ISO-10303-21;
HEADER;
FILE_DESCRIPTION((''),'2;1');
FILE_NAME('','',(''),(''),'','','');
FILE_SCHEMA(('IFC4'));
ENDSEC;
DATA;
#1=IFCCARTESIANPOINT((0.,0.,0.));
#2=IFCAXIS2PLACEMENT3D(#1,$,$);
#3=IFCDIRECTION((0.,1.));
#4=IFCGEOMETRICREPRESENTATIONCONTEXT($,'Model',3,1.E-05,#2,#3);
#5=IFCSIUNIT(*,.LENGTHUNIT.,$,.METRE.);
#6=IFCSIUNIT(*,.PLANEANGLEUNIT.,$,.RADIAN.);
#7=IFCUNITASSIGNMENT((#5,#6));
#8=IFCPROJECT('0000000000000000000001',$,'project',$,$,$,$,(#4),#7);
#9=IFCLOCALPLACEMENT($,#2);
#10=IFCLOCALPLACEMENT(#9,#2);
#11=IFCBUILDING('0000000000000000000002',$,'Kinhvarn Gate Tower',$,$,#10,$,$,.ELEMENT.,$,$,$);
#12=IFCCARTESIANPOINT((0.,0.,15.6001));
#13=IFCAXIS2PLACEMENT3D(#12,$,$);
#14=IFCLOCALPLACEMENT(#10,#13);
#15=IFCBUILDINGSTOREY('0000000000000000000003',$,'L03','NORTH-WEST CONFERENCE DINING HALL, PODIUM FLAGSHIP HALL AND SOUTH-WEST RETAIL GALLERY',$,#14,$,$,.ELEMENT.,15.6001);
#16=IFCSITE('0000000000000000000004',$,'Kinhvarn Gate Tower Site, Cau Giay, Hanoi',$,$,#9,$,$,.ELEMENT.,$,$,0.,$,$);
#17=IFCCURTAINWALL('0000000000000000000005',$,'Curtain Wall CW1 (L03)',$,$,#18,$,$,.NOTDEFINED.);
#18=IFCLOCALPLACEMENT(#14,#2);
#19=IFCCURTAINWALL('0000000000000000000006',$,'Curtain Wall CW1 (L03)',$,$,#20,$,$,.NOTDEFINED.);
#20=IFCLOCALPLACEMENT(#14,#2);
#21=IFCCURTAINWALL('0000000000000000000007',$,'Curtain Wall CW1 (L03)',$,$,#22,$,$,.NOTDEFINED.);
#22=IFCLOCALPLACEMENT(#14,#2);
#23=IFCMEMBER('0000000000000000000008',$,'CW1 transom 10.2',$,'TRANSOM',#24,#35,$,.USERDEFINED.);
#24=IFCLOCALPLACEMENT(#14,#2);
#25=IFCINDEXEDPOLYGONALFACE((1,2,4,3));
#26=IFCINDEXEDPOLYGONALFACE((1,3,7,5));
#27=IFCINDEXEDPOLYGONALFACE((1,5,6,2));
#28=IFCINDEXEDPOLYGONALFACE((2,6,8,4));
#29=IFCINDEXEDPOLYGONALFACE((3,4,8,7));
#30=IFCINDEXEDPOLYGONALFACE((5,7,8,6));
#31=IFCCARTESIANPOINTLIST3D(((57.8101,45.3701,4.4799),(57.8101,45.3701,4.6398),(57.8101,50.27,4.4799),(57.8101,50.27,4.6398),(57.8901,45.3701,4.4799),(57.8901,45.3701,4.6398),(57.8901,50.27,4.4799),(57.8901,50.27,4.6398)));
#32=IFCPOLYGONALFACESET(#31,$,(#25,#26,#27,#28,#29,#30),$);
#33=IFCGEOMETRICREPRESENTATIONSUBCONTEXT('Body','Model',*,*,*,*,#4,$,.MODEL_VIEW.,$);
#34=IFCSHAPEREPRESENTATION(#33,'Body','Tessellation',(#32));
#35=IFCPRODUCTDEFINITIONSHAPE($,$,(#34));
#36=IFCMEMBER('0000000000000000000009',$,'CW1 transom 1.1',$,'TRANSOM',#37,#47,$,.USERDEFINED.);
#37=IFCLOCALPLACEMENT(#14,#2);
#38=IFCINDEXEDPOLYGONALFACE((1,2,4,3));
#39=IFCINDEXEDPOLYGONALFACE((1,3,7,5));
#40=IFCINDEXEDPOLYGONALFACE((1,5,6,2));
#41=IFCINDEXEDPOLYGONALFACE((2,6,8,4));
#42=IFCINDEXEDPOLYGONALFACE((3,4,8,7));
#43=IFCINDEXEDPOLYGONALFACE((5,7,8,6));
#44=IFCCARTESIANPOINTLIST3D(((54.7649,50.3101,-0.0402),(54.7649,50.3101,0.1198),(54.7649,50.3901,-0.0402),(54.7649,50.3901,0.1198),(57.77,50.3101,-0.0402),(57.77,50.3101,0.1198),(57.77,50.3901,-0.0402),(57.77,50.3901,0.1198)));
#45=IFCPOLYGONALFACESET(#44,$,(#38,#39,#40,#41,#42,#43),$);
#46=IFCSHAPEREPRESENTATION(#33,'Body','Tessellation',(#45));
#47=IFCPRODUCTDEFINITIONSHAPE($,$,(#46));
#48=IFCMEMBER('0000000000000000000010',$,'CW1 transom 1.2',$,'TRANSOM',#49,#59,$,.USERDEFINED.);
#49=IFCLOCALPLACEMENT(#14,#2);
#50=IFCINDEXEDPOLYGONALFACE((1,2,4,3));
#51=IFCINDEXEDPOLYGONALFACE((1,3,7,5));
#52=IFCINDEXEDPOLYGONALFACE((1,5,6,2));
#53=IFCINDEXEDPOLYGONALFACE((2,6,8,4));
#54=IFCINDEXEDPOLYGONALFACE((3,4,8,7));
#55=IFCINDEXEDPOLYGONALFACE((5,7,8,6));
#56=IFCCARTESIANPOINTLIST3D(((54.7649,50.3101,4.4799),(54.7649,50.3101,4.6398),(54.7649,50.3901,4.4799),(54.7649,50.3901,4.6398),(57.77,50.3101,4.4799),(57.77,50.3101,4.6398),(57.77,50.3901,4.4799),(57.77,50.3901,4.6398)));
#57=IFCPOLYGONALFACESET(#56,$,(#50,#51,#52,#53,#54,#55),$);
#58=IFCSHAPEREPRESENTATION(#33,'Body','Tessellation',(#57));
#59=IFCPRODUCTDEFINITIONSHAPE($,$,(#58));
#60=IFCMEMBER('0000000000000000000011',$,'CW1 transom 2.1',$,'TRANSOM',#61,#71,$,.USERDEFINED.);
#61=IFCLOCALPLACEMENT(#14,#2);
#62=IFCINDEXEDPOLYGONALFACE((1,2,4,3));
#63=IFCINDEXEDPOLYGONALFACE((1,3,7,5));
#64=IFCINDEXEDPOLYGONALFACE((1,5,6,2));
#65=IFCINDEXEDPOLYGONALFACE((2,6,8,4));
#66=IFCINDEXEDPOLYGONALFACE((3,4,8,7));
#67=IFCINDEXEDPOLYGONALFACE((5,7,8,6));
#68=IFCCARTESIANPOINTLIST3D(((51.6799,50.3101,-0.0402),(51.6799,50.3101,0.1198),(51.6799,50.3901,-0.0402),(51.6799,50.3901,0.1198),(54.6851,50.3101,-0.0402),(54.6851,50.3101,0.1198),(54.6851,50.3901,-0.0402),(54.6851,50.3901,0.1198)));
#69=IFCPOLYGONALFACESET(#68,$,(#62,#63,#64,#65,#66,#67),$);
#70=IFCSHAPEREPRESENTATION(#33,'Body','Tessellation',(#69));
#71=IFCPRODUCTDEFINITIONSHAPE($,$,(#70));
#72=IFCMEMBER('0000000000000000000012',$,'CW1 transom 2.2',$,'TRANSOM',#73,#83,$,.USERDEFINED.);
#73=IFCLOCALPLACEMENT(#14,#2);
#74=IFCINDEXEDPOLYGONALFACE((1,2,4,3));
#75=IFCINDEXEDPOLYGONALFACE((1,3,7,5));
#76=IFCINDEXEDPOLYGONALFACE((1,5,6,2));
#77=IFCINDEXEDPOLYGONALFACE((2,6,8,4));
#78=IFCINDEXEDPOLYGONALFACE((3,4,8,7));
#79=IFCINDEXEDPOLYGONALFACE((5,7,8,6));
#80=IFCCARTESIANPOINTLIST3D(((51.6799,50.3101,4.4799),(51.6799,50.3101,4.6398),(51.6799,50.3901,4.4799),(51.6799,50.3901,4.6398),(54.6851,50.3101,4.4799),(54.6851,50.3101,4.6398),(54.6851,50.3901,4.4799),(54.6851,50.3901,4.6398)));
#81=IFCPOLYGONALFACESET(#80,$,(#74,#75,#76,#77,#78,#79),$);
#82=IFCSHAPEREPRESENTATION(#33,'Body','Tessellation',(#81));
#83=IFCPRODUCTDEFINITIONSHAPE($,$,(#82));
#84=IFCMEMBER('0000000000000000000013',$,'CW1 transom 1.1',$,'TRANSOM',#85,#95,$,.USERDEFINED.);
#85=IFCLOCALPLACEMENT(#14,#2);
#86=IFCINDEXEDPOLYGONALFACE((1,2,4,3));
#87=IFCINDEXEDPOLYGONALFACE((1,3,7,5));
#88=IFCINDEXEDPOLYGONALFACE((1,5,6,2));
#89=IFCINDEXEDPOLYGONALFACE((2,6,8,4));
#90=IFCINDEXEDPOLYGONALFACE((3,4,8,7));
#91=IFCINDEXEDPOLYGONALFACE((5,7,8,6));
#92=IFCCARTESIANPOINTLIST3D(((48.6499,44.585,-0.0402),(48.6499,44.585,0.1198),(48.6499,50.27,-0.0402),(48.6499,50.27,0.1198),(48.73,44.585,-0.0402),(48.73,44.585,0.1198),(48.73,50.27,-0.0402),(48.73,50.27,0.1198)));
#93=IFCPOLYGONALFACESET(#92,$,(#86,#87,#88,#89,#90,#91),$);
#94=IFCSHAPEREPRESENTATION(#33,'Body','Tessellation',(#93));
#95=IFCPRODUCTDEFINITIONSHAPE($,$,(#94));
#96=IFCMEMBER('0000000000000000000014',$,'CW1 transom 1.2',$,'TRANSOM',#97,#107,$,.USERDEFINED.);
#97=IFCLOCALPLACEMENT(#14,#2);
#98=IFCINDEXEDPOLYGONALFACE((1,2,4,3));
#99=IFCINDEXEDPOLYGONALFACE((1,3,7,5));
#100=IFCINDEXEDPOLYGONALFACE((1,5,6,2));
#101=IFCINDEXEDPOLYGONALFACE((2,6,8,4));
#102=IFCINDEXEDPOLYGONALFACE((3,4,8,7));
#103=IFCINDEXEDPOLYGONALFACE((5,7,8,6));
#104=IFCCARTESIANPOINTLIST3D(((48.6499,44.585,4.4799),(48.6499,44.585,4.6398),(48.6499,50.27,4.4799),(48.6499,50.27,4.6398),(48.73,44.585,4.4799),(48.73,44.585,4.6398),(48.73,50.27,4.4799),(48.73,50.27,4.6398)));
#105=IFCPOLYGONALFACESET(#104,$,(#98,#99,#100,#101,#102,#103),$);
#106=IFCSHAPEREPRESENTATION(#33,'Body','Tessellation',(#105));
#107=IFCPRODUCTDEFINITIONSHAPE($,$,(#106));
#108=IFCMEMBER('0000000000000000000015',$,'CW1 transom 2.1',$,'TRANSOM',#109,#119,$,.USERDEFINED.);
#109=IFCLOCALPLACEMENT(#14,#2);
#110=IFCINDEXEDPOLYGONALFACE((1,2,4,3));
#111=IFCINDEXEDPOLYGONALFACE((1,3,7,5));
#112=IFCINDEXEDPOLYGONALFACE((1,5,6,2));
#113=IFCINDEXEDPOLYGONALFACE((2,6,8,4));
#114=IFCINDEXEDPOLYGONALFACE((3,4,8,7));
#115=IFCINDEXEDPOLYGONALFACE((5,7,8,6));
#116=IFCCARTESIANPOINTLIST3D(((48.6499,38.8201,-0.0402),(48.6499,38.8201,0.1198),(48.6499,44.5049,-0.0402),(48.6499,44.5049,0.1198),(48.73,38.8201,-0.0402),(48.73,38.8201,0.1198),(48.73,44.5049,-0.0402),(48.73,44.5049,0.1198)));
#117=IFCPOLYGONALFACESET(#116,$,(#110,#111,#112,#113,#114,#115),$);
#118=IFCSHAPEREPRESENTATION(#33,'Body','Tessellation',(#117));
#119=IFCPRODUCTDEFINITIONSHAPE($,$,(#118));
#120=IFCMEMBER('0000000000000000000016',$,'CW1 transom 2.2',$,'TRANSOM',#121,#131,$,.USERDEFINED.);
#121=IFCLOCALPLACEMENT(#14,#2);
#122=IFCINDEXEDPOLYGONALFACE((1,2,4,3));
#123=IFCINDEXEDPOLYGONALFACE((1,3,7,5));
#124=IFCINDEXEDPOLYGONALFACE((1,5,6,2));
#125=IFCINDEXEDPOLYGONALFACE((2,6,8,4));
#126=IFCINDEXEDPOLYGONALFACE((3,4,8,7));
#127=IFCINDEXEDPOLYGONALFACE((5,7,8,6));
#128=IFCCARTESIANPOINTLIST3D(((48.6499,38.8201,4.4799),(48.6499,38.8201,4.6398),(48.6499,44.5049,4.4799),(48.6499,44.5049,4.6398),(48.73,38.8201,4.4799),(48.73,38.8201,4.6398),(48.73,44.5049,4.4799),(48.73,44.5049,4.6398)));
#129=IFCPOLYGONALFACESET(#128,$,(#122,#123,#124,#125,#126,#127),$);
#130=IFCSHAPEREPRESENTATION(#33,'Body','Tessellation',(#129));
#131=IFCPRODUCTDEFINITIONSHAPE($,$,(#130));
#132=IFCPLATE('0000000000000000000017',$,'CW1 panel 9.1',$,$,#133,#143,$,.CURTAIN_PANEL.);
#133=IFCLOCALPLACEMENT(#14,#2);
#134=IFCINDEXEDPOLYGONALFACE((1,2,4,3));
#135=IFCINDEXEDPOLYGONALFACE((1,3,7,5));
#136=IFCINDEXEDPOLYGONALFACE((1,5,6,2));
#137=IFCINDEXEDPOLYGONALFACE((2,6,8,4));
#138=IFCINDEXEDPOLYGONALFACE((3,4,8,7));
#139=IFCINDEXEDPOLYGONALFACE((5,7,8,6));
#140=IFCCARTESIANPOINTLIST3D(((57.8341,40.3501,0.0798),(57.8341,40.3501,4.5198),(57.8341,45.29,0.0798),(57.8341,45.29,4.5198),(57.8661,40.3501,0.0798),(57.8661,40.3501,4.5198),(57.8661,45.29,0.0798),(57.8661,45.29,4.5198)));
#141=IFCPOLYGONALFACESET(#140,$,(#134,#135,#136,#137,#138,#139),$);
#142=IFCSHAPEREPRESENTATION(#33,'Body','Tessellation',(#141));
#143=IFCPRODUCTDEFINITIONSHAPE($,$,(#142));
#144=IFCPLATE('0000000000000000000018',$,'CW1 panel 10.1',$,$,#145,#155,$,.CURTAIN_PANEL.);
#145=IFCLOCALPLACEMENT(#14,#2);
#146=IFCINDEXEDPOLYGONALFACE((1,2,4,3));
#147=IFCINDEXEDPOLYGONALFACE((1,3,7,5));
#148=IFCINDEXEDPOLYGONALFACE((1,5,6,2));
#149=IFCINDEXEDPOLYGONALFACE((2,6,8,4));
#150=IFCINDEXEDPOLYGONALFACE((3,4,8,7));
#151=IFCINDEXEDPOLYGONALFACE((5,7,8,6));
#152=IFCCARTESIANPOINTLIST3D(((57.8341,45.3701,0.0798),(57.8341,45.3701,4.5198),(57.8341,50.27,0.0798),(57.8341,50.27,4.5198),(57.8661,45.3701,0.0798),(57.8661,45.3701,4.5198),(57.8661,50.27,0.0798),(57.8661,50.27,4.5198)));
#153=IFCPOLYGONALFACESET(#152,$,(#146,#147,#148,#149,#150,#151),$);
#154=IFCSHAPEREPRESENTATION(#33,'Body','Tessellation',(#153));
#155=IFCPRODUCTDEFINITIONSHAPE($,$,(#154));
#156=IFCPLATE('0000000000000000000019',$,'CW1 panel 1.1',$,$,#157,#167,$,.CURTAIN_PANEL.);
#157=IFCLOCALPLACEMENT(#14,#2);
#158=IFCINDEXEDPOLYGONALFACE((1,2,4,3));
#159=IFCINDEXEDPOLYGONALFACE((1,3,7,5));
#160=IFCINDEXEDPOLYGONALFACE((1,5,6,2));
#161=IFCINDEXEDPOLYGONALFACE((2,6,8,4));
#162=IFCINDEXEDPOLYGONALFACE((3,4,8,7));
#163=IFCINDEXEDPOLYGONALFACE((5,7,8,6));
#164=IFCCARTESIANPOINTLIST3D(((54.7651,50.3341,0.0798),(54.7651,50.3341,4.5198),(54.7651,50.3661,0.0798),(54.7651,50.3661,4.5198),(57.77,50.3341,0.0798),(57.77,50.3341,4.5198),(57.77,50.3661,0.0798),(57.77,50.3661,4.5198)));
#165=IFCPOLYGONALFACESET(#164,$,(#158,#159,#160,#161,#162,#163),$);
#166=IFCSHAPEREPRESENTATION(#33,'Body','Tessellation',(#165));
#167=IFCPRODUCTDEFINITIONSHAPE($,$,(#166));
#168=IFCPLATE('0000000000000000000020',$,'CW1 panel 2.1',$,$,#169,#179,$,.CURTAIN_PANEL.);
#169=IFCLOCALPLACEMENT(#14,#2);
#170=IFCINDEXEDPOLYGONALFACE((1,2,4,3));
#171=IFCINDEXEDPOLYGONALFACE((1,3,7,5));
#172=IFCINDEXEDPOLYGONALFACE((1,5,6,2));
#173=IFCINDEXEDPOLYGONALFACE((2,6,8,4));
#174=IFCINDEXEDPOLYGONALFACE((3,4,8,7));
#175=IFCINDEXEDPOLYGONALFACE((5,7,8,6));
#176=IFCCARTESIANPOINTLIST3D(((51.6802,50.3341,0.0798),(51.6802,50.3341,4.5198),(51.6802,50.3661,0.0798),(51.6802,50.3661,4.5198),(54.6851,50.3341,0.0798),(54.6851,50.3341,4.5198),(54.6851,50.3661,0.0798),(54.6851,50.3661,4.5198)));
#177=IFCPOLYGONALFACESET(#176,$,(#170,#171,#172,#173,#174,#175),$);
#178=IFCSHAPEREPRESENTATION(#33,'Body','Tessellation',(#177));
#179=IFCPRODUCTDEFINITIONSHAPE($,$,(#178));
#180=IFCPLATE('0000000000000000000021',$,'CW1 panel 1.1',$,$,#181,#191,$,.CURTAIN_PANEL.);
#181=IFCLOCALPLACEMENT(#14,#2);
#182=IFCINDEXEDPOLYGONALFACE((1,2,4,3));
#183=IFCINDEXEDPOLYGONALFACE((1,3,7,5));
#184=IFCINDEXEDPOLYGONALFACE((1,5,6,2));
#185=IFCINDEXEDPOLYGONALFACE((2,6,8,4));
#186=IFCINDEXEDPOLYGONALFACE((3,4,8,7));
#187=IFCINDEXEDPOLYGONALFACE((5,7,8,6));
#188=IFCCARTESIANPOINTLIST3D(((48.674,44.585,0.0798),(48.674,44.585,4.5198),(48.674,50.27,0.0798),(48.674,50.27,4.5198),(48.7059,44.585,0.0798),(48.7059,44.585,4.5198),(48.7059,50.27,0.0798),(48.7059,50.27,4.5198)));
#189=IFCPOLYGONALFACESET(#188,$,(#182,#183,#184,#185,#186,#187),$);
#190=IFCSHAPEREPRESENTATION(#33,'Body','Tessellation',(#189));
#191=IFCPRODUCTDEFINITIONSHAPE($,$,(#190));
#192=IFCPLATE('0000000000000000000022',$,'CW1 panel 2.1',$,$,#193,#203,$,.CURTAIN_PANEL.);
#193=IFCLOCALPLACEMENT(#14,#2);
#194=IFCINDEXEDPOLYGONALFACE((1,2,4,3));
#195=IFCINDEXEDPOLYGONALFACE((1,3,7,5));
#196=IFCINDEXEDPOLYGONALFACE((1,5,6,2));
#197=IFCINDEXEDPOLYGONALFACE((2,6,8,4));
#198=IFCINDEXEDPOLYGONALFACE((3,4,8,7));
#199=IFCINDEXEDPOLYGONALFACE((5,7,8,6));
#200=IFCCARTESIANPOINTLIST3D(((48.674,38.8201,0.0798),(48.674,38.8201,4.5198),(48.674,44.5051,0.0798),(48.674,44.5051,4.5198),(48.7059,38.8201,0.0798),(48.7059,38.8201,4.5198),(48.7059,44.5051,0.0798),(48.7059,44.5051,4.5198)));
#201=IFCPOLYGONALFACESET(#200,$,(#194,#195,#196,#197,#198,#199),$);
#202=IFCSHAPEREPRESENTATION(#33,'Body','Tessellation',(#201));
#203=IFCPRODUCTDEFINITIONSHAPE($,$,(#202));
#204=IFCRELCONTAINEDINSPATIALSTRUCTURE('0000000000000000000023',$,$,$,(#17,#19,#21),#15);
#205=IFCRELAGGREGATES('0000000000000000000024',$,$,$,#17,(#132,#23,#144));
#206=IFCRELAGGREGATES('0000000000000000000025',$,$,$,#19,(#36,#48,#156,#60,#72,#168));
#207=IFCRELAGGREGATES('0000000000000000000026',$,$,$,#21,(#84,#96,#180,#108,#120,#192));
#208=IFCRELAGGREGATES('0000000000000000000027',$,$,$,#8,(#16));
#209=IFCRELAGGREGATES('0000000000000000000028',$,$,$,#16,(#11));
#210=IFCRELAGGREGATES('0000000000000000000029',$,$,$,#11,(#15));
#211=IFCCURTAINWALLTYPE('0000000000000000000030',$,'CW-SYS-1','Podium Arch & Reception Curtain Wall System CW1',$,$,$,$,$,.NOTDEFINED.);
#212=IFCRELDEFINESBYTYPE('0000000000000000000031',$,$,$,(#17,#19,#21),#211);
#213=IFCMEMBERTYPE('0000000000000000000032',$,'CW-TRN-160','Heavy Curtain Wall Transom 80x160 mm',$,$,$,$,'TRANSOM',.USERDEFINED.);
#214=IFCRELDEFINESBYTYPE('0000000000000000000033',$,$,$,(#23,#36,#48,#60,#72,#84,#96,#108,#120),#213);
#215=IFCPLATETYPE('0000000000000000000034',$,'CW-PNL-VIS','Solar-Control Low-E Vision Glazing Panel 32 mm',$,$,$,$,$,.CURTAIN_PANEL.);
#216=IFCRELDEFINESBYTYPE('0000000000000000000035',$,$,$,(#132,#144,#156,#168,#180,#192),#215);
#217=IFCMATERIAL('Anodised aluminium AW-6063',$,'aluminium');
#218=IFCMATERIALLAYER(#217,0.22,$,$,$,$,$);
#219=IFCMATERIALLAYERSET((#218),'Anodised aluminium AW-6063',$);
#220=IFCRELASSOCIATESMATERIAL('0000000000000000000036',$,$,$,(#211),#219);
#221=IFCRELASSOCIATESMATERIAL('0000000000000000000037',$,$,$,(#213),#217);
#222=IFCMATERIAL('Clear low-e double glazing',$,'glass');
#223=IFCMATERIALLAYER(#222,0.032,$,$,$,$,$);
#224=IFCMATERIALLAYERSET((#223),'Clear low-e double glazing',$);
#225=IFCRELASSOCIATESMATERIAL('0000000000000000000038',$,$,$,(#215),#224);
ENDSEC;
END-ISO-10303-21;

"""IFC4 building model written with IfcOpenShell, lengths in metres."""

from ifc_helpers import new_model, si_unit, direction, frame, origin, origin_2d, place, context, subcontext, project, spatial, rectangle, extrude, material, layer, layer_set, material_profile, profile_set, type_object, element, aggregate, save


model = new_model("IFC4")

# Units and contexts
model_context = context("Model", 3, precision=1e-05, world=origin(), true_north=direction((0.0, 1.0)))
body_context = subcontext(model_context, "Body", "Model", "MODEL_VIEW")
ifc_project = project(units=[si_unit("LENGTHUNIT", "METRE"), si_unit("PLANEANGLEUNIT", "RADIAN")], contexts=[model_context])

# Site, building, storey
site_placement = place(None, origin())
site = spatial("IfcSite", under=ifc_project, at=site_placement, Name="Kinhvarn Gate Tower Site, Cau Giay, Hanoi", CompositionType="ELEMENT", RefElevation=0.0)
building_placement = place(site_placement, origin())
building = spatial("IfcBuilding", under=site, at=building_placement, Name="Kinhvarn Gate Tower", CompositionType="ELEMENT")
storey_placement = place(building_placement, frame((0.0, 0.0, 15.6001)))
storey = spatial("IfcBuildingStorey", under=building, at=storey_placement, Name="L03", Description="NORTH-WEST CONFERENCE DINING HALL, PODIUM FLAGSHIP HALL AND SOUTH-WEST RETAIL GALLERY", CompositionType="ELEMENT", Elevation=15.6001)

# Curtain walls
ifc_material_1 = material(Name="Anodised aluminium AW-6063", Category="aluminium")
ifc_layer_1 = layer(ifc_material_1, 0.22)
ifc_layer_set_1 = layer_set([ifc_layer_1], Name="Anodised aluminium AW-6063")
curtain_wall_type = type_object("IfcCurtainWallType", Name="CW-SYS-1", Description="Podium Arch & Reception Curtain Wall System CW1", PredefinedType="NOTDEFINED", material=ifc_layer_set_1)
curtain_wall_1_placement = place(storey_placement, origin())
curtain_wall_1 = element("IfcCurtainWall", 1, at=curtain_wall_1_placement, inside=storey, type_object=curtain_wall_type, Name="Curtain Wall CW1 (L03)", PredefinedType="NOTDEFINED")
curtain_wall_2_placement = place(storey_placement, origin())
curtain_wall_2 = element("IfcCurtainWall", 2, at=curtain_wall_2_placement, inside=storey, type_object=curtain_wall_type, Name="Curtain Wall CW1 (L03)", PredefinedType="NOTDEFINED")
curtain_wall_3_placement = place(storey_placement, origin())
curtain_wall_3 = element("IfcCurtainWall", 3, at=curtain_wall_3_placement, inside=storey, type_object=curtain_wall_type, Name="Curtain Wall CW1 (L03)", PredefinedType="NOTDEFINED")

# Members
ifc_material_profile_1 = material_profile(ifc_material_1, rectangle(XDim=0.0801, YDim=0.1599, at=origin_2d()), Name="ALU 80x160")
ifc_profile_set_1 = profile_set([ifc_material_profile_1], Name="Anodised aluminium AW-6063")
member_type_1 = type_object("IfcMemberType", Name="CW-TRN-160", Description="Heavy Curtain Wall Transom 80x160 mm", ElementType="TRANSOM", PredefinedType="USERDEFINED", material=ifc_profile_set_1)
member_1_placement = place(storey_placement, frame((57.8501, 45.3701, 4.5598), z_axis=(0.0, 1.0, 0.0), x_axis=(-1.0, 0.0, 0.0)))
member_1 = element("IfcMember", 4, at=member_1_placement, type_object=member_type_1, Name="CW1 transom 10.2", ObjectType="TRANSOM", PredefinedType="USERDEFINED", context=body_context, shape_type="SweptSolid", body=[
    extrude(rectangle(XDim=0.0801, YDim=0.1599, at=origin_2d()), origin(), (0.0, 0.0, 1.0), 4.8999),
])
member_2_placement = place(storey_placement, frame((57.77, 50.3501, 0.0398), z_axis=(-1.0, 0.0, 0.0), x_axis=(0.0, -1.0, 0.0)))
member_2 = element("IfcMember", 5, at=member_2_placement, type_object=member_type_1, Name="CW1 transom 1.1", ObjectType="TRANSOM", PredefinedType="USERDEFINED", context=body_context, shape_type="SweptSolid", body=[
    extrude(rectangle(XDim=0.0801, YDim=0.1599, at=origin_2d()), origin(), (0.0, 0.0, 1.0), 3.0051),
])
member_3_placement = place(storey_placement, frame((57.77, 50.3501, 4.5598), z_axis=(-1.0, 0.0, 0.0), x_axis=(0.0, -1.0, 0.0)))
member_3 = element("IfcMember", 6, at=member_3_placement, type_object=member_type_1, Name="CW1 transom 1.2", ObjectType="TRANSOM", PredefinedType="USERDEFINED", context=body_context, shape_type="SweptSolid", body=[
    extrude(rectangle(XDim=0.0801, YDim=0.1599, at=origin_2d()), origin(), (0.0, 0.0, 1.0), 3.0051),
])
member_4_placement = place(storey_placement, frame((54.6851, 50.3501, 0.0398), z_axis=(-1.0, 0.0, 0.0), x_axis=(0.0, -1.0, 0.0)))
member_4 = element("IfcMember", 7, at=member_4_placement, type_object=member_type_1, Name="CW1 transom 2.1", ObjectType="TRANSOM", PredefinedType="USERDEFINED", context=body_context, shape_type="SweptSolid", body=[
    extrude(rectangle(XDim=0.0801, YDim=0.1599, at=origin_2d()), origin(), (0.0, 0.0, 1.0), 3.0051),
])
member_5_placement = place(storey_placement, frame((54.6851, 50.3501, 4.5598), z_axis=(-1.0, 0.0, 0.0), x_axis=(0.0, -1.0, 0.0)))
member_5 = element("IfcMember", 8, at=member_5_placement, type_object=member_type_1, Name="CW1 transom 2.2", ObjectType="TRANSOM", PredefinedType="USERDEFINED", context=body_context, shape_type="SweptSolid", body=[
    extrude(rectangle(XDim=0.0801, YDim=0.1599, at=origin_2d()), origin(), (0.0, 0.0, 1.0), 3.0051),
])
member_6_placement = place(storey_placement, frame((48.6899, 50.27, 0.0398), z_axis=(0.0, -1.0, 0.0), x_axis=(1.0, 0.0, 0.0)))
member_6 = element("IfcMember", 9, at=member_6_placement, type_object=member_type_1, Name="CW1 transom 1.1", ObjectType="TRANSOM", PredefinedType="USERDEFINED", context=body_context, shape_type="SweptSolid", body=[
    extrude(rectangle(XDim=0.0801, YDim=0.1599, at=origin_2d()), origin(), (0.0, 0.0, 1.0), 5.6851),
])
member_7_placement = place(storey_placement, frame((48.6899, 50.27, 4.5598), z_axis=(0.0, -1.0, 0.0), x_axis=(1.0, 0.0, 0.0)))
member_7 = element("IfcMember", 10, at=member_7_placement, type_object=member_type_1, Name="CW1 transom 1.2", ObjectType="TRANSOM", PredefinedType="USERDEFINED", context=body_context, shape_type="SweptSolid", body=[
    extrude(rectangle(XDim=0.0801, YDim=0.1599, at=origin_2d()), origin(), (0.0, 0.0, 1.0), 5.6851),
])
member_8_placement = place(storey_placement, frame((48.6899, 44.5049, 0.0398), z_axis=(0.0, -1.0, 0.0), x_axis=(1.0, 0.0, 0.0)))
member_8 = element("IfcMember", 11, at=member_8_placement, type_object=member_type_1, Name="CW1 transom 2.1", ObjectType="TRANSOM", PredefinedType="USERDEFINED", context=body_context, shape_type="SweptSolid", body=[
    extrude(rectangle(XDim=0.0801, YDim=0.1599, at=origin_2d()), origin(), (0.0, 0.0, 1.0), 5.6848),
])
member_9_placement = place(storey_placement, frame((48.6899, 44.5049, 4.5598), z_axis=(0.0, -1.0, 0.0), x_axis=(1.0, 0.0, 0.0)))
member_9 = element("IfcMember", 12, at=member_9_placement, type_object=member_type_1, Name="CW1 transom 2.2", ObjectType="TRANSOM", PredefinedType="USERDEFINED", context=body_context, shape_type="SweptSolid", body=[
    extrude(rectangle(XDim=0.0801, YDim=0.1599, at=origin_2d()), origin(), (0.0, 0.0, 1.0), 5.6848),
])

# Plates
ifc_material_2 = material(Name="Clear low-e double glazing", Category="glass")
ifc_layer_2 = layer(ifc_material_2, 0.032)
ifc_layer_set_2 = layer_set([ifc_layer_2], Name="Clear low-e double glazing")
plate_type = type_object("IfcPlateType", Name="CW-PNL-VIS", Description="Solar-Control Low-E Vision Glazing Panel 32 mm", PredefinedType="CURTAIN_PANEL", material=ifc_layer_set_2)
plate_1_placement = place(storey_placement, frame((57.8501, 42.8201, 0.0798), z_axis=(0.0, 0.0, 1.0), x_axis=(0.0, 1.0, 0.0)))
plate_1 = element("IfcPlate", 13, at=plate_1_placement, type_object=plate_type, Name="CW1 panel 9.1", PredefinedType="CURTAIN_PANEL", context=body_context, shape_type="SweptSolid", body=[
    extrude(rectangle(XDim=4.9399, YDim=0.032, at=origin_2d()), origin(), (0.0, 0.0, 1.0), 4.4399),
])
plate_2_placement = place(storey_placement, frame((57.8501, 47.8201, 0.0798), z_axis=(0.0, 0.0, 1.0), x_axis=(0.0, 1.0, 0.0)))
plate_2 = element("IfcPlate", 14, at=plate_2_placement, type_object=plate_type, Name="CW1 panel 10.1", PredefinedType="CURTAIN_PANEL", context=body_context, shape_type="SweptSolid", body=[
    extrude(rectangle(XDim=4.8999, YDim=0.032, at=origin_2d()), origin(), (0.0, 0.0, 1.0), 4.4399),
])
aggregate(curtain_wall_1, [plate_1, member_1, plate_2])
plate_3_placement = place(storey_placement, frame((56.2676, 50.3501, 0.0798), z_axis=(0.0, 0.0, 1.0), x_axis=(-1.0, 0.0, 0.0)))
plate_3 = element("IfcPlate", 15, at=plate_3_placement, type_object=plate_type, Name="CW1 panel 1.1", PredefinedType="CURTAIN_PANEL", context=body_context, shape_type="SweptSolid", body=[
    extrude(rectangle(XDim=3.0049, YDim=0.032, at=origin_2d()), origin(), (0.0, 0.0, 1.0), 4.4399),
])
plate_4_placement = place(storey_placement, frame((53.1826, 50.3501, 0.0798), z_axis=(0.0, 0.0, 1.0), x_axis=(-1.0, 0.0, 0.0)))
plate_4 = element("IfcPlate", 16, at=plate_4_placement, type_object=plate_type, Name="CW1 panel 2.1", PredefinedType="CURTAIN_PANEL", context=body_context, shape_type="SweptSolid", body=[
    extrude(rectangle(XDim=3.0049, YDim=0.032, at=origin_2d()), origin(), (0.0, 0.0, 1.0), 4.4399),
])
aggregate(curtain_wall_2, [member_2, member_3, plate_3, member_4, member_5, plate_4])
plate_5_placement = place(storey_placement, frame((48.6899, 47.4275, 0.0798), z_axis=(0.0, 0.0, 1.0), x_axis=(0.0, -1.0, 0.0)))
plate_5 = element("IfcPlate", 17, at=plate_5_placement, type_object=plate_type, Name="CW1 panel 1.1", PredefinedType="CURTAIN_PANEL", context=body_context, shape_type="SweptSolid", body=[
    extrude(rectangle(XDim=5.6851, YDim=0.032, at=origin_2d()), origin(), (0.0, 0.0, 1.0), 4.4399),
])
plate_6_placement = place(storey_placement, frame((48.6899, 41.6626, 0.0798), z_axis=(0.0, 0.0, 1.0), x_axis=(0.0, -1.0, 0.0)))
plate_6 = element("IfcPlate", 18, at=plate_6_placement, type_object=plate_type, Name="CW1 panel 2.1", PredefinedType="CURTAIN_PANEL", context=body_context, shape_type="SweptSolid", body=[
    extrude(rectangle(XDim=5.6851, YDim=0.032, at=origin_2d()), origin(), (0.0, 0.0, 1.0), 4.4399),
])
aggregate(curtain_wall_3, [member_6, member_7, plate_5, member_8, member_9, plate_6])

save(model, "model.ifc")
